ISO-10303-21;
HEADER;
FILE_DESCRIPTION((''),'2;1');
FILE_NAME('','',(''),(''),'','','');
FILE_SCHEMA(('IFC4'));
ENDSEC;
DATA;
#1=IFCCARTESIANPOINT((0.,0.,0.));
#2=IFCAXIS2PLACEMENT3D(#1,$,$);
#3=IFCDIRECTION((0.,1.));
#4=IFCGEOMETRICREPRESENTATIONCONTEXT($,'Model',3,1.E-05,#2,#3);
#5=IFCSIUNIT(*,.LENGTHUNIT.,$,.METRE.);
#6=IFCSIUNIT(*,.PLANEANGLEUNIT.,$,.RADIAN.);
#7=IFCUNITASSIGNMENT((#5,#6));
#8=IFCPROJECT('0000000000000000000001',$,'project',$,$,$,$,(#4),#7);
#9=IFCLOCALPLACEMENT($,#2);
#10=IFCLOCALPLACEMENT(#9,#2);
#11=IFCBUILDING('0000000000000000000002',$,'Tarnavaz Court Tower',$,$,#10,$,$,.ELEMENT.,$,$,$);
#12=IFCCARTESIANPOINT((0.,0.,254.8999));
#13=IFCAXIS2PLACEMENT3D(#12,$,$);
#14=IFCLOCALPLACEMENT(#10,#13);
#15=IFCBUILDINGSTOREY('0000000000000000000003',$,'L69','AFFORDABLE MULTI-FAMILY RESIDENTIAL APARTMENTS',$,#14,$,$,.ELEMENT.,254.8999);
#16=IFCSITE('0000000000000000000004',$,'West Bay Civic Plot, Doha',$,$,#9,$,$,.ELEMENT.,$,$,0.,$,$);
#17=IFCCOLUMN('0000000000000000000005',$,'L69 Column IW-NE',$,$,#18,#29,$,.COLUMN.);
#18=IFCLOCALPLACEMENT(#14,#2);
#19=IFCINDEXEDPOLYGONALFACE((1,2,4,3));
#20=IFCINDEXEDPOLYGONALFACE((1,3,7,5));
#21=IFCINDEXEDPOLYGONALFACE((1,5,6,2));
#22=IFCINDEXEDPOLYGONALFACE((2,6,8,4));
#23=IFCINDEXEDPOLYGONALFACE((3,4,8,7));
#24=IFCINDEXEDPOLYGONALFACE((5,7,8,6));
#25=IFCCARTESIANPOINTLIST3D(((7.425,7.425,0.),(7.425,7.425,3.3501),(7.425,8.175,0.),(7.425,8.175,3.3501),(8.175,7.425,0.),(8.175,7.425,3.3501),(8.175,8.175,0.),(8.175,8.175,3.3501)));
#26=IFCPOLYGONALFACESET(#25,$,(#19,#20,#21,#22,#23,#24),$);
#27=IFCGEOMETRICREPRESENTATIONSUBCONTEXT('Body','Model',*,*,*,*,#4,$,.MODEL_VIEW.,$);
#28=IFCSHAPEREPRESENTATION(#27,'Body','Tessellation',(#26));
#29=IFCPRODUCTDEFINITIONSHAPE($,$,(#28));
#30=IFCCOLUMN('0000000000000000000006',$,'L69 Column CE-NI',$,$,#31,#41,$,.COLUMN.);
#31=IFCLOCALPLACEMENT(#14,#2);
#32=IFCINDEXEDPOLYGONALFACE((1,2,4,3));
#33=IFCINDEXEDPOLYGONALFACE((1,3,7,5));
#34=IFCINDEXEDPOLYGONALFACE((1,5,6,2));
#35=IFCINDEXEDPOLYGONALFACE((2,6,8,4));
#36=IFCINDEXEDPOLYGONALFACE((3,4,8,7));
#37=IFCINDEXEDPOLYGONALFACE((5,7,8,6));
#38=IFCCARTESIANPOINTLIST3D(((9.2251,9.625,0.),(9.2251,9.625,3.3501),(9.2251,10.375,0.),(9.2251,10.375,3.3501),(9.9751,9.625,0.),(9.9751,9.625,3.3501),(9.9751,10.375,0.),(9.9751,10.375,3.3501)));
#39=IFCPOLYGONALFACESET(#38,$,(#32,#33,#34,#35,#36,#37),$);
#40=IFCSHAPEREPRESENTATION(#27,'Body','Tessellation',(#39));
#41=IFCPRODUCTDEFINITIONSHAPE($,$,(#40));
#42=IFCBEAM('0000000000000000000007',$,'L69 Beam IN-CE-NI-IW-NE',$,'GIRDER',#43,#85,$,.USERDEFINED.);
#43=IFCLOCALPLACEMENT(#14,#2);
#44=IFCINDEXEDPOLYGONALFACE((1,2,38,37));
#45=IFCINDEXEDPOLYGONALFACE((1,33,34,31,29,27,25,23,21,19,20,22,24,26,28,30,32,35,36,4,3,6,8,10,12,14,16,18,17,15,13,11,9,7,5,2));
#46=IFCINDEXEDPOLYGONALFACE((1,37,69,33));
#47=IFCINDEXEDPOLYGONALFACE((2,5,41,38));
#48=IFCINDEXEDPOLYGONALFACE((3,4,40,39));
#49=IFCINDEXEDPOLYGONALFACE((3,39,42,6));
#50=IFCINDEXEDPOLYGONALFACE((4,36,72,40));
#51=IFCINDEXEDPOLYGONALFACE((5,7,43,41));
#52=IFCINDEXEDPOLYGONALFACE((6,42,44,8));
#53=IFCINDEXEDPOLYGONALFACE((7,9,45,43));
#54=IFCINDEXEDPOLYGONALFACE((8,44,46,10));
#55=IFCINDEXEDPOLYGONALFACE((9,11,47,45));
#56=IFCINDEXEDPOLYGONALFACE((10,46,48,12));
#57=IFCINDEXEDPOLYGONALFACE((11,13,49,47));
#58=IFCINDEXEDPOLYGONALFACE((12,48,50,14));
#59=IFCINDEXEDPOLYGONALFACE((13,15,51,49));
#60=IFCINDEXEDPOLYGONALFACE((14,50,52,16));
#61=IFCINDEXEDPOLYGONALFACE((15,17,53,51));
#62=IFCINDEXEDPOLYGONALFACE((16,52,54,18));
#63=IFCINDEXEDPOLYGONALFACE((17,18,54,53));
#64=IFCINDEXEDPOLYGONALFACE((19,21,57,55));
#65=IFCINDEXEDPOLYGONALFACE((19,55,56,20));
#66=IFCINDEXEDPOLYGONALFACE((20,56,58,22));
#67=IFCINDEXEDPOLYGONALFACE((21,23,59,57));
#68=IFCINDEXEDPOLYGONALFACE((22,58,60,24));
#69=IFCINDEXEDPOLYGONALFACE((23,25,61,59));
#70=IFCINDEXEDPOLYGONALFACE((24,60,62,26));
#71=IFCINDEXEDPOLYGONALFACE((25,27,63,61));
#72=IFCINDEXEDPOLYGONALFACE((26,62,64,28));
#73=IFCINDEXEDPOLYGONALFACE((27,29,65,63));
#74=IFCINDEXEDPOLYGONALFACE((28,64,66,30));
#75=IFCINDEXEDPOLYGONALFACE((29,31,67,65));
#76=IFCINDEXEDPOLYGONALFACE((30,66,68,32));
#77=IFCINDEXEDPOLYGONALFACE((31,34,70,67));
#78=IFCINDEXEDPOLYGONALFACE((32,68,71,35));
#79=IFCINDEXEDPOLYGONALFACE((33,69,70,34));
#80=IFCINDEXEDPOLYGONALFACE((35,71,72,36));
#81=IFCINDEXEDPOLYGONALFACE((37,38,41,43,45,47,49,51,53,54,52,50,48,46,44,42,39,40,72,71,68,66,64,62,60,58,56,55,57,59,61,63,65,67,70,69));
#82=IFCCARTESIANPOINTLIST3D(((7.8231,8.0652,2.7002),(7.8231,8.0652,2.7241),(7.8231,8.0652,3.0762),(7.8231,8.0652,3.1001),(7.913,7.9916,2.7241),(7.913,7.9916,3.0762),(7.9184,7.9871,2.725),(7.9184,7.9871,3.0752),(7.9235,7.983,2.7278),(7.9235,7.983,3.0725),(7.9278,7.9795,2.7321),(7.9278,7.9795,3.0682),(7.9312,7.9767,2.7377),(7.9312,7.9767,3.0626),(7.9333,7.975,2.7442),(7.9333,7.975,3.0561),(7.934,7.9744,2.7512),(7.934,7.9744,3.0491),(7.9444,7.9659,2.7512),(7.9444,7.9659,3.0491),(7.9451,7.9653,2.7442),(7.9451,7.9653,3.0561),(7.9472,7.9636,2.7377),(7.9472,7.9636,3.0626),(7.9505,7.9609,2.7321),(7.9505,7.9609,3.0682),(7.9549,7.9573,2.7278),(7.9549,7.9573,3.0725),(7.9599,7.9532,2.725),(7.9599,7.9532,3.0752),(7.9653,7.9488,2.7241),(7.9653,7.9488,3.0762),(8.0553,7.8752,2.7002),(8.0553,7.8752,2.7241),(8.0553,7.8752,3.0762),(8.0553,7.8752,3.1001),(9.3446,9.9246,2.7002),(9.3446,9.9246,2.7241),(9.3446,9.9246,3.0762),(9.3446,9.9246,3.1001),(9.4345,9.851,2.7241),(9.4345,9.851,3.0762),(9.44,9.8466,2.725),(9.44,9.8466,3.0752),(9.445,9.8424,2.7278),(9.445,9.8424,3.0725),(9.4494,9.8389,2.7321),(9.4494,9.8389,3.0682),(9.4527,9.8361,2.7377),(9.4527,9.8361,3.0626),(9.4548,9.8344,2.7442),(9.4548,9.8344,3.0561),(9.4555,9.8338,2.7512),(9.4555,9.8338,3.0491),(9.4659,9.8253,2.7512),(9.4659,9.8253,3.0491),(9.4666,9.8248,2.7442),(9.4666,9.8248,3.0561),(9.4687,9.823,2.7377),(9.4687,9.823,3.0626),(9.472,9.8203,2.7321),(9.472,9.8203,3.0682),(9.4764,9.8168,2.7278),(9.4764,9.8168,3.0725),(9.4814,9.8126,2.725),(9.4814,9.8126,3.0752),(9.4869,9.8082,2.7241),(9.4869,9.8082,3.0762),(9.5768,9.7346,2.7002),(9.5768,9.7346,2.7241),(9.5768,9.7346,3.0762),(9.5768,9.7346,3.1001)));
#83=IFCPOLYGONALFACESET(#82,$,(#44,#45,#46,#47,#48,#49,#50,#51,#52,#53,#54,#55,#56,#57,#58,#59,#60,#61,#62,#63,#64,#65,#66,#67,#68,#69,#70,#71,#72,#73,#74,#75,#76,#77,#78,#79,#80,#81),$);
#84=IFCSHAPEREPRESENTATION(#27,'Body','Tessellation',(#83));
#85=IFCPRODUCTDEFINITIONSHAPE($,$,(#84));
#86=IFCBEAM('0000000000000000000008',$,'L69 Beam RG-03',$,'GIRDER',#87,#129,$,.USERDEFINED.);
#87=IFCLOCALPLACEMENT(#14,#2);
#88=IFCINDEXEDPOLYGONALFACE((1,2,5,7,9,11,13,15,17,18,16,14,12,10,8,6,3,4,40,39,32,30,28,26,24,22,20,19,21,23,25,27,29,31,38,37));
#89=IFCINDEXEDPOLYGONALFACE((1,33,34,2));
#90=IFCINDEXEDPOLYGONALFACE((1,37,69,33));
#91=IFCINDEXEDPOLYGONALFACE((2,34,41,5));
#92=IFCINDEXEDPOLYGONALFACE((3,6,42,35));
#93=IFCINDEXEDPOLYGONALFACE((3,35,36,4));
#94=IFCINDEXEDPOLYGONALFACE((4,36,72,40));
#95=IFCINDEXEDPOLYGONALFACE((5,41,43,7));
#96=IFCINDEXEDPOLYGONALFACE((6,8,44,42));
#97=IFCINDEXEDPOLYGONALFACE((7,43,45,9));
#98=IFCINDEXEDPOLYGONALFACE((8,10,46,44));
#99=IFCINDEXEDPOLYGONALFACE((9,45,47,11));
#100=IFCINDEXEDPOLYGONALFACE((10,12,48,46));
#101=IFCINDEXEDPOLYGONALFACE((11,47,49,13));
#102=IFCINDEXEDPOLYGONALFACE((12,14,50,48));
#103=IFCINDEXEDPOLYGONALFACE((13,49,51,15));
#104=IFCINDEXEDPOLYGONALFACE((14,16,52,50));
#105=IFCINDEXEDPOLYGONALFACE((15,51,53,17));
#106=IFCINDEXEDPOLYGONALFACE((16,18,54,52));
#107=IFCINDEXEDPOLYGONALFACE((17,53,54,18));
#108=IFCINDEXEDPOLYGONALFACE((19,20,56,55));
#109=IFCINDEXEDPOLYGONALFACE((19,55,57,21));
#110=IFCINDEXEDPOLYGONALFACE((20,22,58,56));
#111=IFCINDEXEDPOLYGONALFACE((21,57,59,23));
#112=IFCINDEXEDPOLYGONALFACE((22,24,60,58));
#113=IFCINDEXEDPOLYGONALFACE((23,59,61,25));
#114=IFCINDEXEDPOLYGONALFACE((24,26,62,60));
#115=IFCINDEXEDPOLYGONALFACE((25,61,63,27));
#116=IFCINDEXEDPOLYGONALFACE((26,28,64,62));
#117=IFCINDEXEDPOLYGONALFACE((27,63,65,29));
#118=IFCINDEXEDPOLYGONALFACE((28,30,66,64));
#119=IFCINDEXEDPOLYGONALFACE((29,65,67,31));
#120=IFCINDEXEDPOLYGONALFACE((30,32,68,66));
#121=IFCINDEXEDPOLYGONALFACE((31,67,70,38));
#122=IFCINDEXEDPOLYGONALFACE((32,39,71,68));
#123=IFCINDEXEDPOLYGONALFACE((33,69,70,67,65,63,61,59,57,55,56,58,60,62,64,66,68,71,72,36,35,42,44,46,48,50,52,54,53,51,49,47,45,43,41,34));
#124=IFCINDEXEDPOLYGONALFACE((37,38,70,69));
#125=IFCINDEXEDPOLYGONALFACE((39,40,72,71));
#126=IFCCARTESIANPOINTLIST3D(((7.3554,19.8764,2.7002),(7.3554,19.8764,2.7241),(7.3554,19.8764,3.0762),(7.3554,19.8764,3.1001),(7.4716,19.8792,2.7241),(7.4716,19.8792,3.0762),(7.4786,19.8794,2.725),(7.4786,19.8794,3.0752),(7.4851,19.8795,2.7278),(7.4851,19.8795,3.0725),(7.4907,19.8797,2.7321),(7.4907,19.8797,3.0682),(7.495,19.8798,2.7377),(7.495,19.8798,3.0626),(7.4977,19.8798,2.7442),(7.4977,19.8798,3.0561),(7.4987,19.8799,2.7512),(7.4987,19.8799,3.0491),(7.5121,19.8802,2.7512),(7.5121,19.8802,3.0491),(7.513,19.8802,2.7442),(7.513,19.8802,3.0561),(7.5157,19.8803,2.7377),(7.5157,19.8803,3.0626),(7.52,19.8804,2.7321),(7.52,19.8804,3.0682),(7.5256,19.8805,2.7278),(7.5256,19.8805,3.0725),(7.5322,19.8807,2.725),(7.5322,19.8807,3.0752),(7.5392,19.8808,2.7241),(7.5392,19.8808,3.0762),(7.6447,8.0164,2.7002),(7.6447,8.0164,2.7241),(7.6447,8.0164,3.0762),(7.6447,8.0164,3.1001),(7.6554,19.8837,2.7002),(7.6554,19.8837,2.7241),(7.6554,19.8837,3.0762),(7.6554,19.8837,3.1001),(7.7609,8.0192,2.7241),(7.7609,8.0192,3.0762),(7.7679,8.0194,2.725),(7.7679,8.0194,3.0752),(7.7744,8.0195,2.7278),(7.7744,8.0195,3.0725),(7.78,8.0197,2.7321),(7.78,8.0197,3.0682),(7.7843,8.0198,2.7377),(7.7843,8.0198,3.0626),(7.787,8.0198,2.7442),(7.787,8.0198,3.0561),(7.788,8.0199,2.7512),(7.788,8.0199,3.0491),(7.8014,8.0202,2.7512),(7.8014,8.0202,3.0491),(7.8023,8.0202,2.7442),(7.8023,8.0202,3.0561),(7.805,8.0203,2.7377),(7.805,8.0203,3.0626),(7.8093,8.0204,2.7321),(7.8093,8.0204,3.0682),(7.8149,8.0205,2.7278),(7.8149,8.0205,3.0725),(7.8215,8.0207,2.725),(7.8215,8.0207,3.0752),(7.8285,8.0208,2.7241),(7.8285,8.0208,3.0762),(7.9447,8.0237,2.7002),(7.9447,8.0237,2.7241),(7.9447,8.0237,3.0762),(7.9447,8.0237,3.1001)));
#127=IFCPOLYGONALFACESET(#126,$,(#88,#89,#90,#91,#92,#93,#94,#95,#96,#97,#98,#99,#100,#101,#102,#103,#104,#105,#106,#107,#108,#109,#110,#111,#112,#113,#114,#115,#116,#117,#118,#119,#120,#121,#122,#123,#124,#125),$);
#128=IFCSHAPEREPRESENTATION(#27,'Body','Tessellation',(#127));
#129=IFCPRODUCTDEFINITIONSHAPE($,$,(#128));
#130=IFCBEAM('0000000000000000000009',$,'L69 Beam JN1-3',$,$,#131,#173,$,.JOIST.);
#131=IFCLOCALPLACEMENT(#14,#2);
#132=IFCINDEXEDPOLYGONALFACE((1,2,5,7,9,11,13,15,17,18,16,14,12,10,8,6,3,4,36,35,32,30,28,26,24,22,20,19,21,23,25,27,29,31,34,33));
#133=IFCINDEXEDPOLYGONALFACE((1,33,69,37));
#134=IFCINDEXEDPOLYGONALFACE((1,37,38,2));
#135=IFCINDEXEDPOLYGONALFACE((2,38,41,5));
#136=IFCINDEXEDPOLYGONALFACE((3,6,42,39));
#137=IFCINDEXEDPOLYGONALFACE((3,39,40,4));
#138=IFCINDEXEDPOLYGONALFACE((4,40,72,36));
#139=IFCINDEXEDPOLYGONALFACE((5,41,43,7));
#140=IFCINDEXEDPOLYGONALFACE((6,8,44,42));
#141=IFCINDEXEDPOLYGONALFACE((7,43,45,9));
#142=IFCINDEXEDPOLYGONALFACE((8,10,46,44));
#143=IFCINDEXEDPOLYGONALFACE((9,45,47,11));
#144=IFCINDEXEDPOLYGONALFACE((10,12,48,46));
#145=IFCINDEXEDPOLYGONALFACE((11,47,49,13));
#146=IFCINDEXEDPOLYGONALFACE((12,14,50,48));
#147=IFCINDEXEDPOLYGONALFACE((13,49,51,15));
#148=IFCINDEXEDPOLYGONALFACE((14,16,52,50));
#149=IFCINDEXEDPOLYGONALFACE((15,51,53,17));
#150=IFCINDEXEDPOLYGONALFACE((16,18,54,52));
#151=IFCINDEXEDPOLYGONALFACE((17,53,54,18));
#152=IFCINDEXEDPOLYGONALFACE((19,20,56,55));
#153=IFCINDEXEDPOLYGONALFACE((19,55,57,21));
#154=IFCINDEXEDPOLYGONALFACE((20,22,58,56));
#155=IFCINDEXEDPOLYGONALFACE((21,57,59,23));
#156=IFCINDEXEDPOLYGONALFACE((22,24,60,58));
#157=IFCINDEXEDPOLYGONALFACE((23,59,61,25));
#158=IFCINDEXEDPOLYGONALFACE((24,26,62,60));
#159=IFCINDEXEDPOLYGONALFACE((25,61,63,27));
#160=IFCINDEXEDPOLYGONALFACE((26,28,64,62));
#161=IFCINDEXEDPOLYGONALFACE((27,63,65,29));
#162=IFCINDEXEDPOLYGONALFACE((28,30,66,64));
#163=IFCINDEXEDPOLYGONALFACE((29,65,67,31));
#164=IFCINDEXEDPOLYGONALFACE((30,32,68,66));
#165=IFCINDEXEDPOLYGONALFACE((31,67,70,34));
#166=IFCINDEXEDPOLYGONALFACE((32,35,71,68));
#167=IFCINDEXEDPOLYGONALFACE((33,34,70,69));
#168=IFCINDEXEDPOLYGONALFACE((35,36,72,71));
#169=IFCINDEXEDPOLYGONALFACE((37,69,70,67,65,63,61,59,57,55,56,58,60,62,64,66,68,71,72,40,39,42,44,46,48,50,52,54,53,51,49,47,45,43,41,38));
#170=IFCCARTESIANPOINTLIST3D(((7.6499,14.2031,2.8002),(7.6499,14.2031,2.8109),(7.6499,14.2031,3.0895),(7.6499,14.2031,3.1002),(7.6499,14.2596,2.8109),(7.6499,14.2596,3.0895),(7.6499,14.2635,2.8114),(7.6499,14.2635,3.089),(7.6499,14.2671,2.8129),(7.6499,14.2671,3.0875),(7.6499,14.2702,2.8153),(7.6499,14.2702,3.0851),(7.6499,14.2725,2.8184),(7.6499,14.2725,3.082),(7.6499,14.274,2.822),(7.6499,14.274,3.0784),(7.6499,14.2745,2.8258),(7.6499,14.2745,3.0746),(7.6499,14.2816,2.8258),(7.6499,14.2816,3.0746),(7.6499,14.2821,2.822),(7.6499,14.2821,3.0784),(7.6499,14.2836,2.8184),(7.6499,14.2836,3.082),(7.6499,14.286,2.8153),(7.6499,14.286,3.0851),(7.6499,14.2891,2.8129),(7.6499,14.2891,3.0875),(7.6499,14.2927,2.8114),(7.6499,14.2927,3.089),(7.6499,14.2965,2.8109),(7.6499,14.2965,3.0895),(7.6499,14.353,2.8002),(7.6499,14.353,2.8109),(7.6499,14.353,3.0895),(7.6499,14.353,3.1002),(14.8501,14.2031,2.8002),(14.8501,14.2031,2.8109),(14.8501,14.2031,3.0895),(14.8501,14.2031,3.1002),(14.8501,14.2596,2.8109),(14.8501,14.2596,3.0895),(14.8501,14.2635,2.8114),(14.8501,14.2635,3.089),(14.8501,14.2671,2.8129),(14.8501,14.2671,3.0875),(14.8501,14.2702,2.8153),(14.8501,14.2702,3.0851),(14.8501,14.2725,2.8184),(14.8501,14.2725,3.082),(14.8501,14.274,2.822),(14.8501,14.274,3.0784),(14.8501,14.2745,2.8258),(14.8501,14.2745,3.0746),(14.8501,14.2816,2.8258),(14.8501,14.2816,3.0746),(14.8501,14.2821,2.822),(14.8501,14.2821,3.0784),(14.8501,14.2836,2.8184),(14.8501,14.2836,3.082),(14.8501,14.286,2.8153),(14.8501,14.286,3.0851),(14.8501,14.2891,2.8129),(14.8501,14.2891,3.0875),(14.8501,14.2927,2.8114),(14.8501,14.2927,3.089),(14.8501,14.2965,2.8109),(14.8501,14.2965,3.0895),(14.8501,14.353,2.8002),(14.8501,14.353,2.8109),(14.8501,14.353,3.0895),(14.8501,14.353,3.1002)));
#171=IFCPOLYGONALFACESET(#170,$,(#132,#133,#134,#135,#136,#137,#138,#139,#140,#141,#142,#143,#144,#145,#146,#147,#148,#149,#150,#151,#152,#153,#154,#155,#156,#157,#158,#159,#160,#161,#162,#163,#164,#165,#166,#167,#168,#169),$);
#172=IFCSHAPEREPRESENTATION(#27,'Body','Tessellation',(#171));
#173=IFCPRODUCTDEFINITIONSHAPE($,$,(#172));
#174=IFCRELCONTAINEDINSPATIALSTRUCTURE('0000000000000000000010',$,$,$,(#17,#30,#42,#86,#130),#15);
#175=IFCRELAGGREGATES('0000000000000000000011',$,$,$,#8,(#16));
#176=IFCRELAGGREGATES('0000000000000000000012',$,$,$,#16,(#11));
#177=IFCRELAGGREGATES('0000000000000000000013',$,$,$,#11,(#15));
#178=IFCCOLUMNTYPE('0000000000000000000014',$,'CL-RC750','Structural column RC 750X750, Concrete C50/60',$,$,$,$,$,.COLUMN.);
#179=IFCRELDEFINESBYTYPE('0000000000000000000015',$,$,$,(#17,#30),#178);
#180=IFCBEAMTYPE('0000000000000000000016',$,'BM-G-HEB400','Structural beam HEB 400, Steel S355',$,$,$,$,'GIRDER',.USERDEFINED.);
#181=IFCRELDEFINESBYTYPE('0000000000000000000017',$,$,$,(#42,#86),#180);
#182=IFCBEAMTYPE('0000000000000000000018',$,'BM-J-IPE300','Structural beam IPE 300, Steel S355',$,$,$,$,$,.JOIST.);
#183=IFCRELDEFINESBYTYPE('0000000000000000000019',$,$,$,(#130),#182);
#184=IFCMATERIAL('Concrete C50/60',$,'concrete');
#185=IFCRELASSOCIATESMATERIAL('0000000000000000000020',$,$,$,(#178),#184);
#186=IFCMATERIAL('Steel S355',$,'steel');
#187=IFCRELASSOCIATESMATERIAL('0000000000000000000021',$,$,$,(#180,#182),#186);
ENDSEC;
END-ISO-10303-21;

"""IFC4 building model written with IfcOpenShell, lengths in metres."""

from ifc_helpers import new_model, si_unit, direction, frame, origin, origin_2d, place, context, subcontext, project, spatial, rectangle, i_section, extrude, material, material_profile, profile_set, type_object, element, save


model = new_model("IFC4")

# Units and contexts
model_context = context("Model", 3, precision=1e-05, world=origin(), true_north=direction((0.0, 1.0)))
body_context = subcontext(model_context, "Body", "Model", "MODEL_VIEW")
ifc_project = project(units=[si_unit("LENGTHUNIT", "METRE"), si_unit("PLANEANGLEUNIT", "RADIAN")], contexts=[model_context])

# Site, building, storey
site_placement = place(None, origin())
site = spatial("IfcSite", under=ifc_project, at=site_placement, Name="West Bay Civic Plot, Doha", CompositionType="ELEMENT", RefElevation=0.0)
building_placement = place(site_placement, origin())
building = spatial("IfcBuilding", under=site, at=building_placement, Name="Tarnavaz Court Tower", CompositionType="ELEMENT")
storey_placement = place(building_placement, frame((0.0, 0.0, 254.8999)))
storey = spatial("IfcBuildingStorey", under=building, at=storey_placement, Name="L69", Description="AFFORDABLE MULTI-FAMILY RESIDENTIAL APARTMENTS", CompositionType="ELEMENT", Elevation=254.8999)

# Columns
ifc_material_1 = material(Name="Concrete C50/60", Category="concrete")
ifc_material_profile_1 = material_profile(ifc_material_1, rectangle(XDim=0.75, YDim=0.75, at=origin_2d()), Name="RC 750X750")
ifc_profile_set_1 = profile_set([ifc_material_profile_1], Name="Concrete C50/60")
column_type = type_object("IfcColumnType", Name="CL-RC750", Description="Structural column RC 750X750, Concrete C50/60", PredefinedType="COLUMN", material=ifc_profile_set_1)
for number, where, z_axis, x_axis, name in (
    (1, (7.8, 7.8, 0.0), (0.0, 0.0, 1.0), (1.0, 0.0, 0.0), "L69 Column IW-NE"),
    (2, (9.6001, 10.0, 0.0), (0.0, 0.0, 1.0), (1.0, 0.0, 0.0), "L69 Column CE-NI"),
):
    element("IfcColumn", number, at=place(storey_placement, frame(where, z_axis=z_axis, x_axis=x_axis)), inside=storey, type_object=column_type, Name=name, PredefinedType="COLUMN", context=body_context, shape_type="SweptSolid", body=[
        extrude(rectangle(XDim=0.75, YDim=0.75, at=origin_2d()), origin(), (0.0, 0.0, 1.0), 3.3501),
    ])

# Beams
ifc_material_2 = material(Name="Steel S355", Category="steel")
ifc_material_profile_2 = material_profile(ifc_material_2, i_section(OverallWidth=0.3, OverallDepth=0.3999, WebThickness=0.0134, FlangeThickness=0.0239, FilletRadius=0.0271, at=origin_2d()), Name="HEB 400")
ifc_profile_set_2 = profile_set([ifc_material_profile_2], Name="Steel S355")
beam_type_1 = type_object("IfcBeamType", Name="BM-G-HEB400", Description="Structural beam HEB 400, Steel S355", ElementType="GIRDER", PredefinedType="USERDEFINED", material=ifc_profile_set_2)
beam_1_placement = place(storey_placement, frame((9.4607, 9.8296, 2.9001), z_axis=(-0.633282, -0.773921, 0.0), x_axis=(0.773921, -0.633282, 0.0)))
element("IfcBeam", 3, at=beam_1_placement, inside=storey, type_object=beam_type_1, Name="L69 Beam IN-CE-NI-IW-NE", ObjectType="GIRDER", PredefinedType="USERDEFINED", context=body_context, shape_type="SweptSolid", body=[
    extrude(i_section(OverallWidth=0.3, OverallDepth=0.3999, WebThickness=0.0134, FlangeThickness=0.0239, FilletRadius=0.0271, at=origin_2d()), origin(), (0.0, 0.0, 1.0), 2.4026),
])
beam_2_placement = place(storey_placement, frame((7.7947, 8.02, 2.9001), z_axis=(-0.024386, 0.999703, 0.0), x_axis=(-0.999703, -0.024386, 0.0)))
element("IfcBeam", 4, at=beam_2_placement, inside=storey, type_object=beam_type_1, Name="L69 Beam RG-03", ObjectType="GIRDER", PredefinedType="USERDEFINED", context=body_context, shape_type="SweptSolid", body=[
    extrude(i_section(OverallWidth=0.3, OverallDepth=0.3999, WebThickness=0.0134, FlangeThickness=0.0239, FilletRadius=0.0271, at=origin_2d()), origin(), (0.0, 0.0, 1.0), 11.8635),
])
ifc_material_profile_3 = material_profile(ifc_material_2, i_section(OverallWidth=0.1499, OverallDepth=0.3, WebThickness=0.0071, FlangeThickness=0.0107, FilletRadius=0.0149, at=origin_2d()), Name="IPE 300")
ifc_profile_set_3 = profile_set([ifc_material_profile_3], Name="Steel S355")
beam_type_2 = type_object("IfcBeamType", Name="BM-J-IPE300", Description="Structural beam IPE 300, Steel S355", PredefinedType="JOIST", material=ifc_profile_set_3)
for number, where, z_axis, x_axis, name in (
    (5, (7.6499, 14.2781, 2.9502), (1.0, 0.0, 0.0), (0.0, 1.0, 0.0), "L69 Beam JN1-3"),
):
    element("IfcBeam", number, at=place(storey_placement, frame(where, z_axis=z_axis, x_axis=x_axis)), inside=storey, type_object=beam_type_2, Name=name, PredefinedType="JOIST", context=body_context, shape_type="SweptSolid", body=[
        extrude(i_section(OverallWidth=0.1499, OverallDepth=0.3, WebThickness=0.0071, FlangeThickness=0.0107, FilletRadius=0.0149, at=origin_2d()), origin(), (0.0, 0.0, 1.0), 7.2002),
    ])

save(model, "model.ifc")
